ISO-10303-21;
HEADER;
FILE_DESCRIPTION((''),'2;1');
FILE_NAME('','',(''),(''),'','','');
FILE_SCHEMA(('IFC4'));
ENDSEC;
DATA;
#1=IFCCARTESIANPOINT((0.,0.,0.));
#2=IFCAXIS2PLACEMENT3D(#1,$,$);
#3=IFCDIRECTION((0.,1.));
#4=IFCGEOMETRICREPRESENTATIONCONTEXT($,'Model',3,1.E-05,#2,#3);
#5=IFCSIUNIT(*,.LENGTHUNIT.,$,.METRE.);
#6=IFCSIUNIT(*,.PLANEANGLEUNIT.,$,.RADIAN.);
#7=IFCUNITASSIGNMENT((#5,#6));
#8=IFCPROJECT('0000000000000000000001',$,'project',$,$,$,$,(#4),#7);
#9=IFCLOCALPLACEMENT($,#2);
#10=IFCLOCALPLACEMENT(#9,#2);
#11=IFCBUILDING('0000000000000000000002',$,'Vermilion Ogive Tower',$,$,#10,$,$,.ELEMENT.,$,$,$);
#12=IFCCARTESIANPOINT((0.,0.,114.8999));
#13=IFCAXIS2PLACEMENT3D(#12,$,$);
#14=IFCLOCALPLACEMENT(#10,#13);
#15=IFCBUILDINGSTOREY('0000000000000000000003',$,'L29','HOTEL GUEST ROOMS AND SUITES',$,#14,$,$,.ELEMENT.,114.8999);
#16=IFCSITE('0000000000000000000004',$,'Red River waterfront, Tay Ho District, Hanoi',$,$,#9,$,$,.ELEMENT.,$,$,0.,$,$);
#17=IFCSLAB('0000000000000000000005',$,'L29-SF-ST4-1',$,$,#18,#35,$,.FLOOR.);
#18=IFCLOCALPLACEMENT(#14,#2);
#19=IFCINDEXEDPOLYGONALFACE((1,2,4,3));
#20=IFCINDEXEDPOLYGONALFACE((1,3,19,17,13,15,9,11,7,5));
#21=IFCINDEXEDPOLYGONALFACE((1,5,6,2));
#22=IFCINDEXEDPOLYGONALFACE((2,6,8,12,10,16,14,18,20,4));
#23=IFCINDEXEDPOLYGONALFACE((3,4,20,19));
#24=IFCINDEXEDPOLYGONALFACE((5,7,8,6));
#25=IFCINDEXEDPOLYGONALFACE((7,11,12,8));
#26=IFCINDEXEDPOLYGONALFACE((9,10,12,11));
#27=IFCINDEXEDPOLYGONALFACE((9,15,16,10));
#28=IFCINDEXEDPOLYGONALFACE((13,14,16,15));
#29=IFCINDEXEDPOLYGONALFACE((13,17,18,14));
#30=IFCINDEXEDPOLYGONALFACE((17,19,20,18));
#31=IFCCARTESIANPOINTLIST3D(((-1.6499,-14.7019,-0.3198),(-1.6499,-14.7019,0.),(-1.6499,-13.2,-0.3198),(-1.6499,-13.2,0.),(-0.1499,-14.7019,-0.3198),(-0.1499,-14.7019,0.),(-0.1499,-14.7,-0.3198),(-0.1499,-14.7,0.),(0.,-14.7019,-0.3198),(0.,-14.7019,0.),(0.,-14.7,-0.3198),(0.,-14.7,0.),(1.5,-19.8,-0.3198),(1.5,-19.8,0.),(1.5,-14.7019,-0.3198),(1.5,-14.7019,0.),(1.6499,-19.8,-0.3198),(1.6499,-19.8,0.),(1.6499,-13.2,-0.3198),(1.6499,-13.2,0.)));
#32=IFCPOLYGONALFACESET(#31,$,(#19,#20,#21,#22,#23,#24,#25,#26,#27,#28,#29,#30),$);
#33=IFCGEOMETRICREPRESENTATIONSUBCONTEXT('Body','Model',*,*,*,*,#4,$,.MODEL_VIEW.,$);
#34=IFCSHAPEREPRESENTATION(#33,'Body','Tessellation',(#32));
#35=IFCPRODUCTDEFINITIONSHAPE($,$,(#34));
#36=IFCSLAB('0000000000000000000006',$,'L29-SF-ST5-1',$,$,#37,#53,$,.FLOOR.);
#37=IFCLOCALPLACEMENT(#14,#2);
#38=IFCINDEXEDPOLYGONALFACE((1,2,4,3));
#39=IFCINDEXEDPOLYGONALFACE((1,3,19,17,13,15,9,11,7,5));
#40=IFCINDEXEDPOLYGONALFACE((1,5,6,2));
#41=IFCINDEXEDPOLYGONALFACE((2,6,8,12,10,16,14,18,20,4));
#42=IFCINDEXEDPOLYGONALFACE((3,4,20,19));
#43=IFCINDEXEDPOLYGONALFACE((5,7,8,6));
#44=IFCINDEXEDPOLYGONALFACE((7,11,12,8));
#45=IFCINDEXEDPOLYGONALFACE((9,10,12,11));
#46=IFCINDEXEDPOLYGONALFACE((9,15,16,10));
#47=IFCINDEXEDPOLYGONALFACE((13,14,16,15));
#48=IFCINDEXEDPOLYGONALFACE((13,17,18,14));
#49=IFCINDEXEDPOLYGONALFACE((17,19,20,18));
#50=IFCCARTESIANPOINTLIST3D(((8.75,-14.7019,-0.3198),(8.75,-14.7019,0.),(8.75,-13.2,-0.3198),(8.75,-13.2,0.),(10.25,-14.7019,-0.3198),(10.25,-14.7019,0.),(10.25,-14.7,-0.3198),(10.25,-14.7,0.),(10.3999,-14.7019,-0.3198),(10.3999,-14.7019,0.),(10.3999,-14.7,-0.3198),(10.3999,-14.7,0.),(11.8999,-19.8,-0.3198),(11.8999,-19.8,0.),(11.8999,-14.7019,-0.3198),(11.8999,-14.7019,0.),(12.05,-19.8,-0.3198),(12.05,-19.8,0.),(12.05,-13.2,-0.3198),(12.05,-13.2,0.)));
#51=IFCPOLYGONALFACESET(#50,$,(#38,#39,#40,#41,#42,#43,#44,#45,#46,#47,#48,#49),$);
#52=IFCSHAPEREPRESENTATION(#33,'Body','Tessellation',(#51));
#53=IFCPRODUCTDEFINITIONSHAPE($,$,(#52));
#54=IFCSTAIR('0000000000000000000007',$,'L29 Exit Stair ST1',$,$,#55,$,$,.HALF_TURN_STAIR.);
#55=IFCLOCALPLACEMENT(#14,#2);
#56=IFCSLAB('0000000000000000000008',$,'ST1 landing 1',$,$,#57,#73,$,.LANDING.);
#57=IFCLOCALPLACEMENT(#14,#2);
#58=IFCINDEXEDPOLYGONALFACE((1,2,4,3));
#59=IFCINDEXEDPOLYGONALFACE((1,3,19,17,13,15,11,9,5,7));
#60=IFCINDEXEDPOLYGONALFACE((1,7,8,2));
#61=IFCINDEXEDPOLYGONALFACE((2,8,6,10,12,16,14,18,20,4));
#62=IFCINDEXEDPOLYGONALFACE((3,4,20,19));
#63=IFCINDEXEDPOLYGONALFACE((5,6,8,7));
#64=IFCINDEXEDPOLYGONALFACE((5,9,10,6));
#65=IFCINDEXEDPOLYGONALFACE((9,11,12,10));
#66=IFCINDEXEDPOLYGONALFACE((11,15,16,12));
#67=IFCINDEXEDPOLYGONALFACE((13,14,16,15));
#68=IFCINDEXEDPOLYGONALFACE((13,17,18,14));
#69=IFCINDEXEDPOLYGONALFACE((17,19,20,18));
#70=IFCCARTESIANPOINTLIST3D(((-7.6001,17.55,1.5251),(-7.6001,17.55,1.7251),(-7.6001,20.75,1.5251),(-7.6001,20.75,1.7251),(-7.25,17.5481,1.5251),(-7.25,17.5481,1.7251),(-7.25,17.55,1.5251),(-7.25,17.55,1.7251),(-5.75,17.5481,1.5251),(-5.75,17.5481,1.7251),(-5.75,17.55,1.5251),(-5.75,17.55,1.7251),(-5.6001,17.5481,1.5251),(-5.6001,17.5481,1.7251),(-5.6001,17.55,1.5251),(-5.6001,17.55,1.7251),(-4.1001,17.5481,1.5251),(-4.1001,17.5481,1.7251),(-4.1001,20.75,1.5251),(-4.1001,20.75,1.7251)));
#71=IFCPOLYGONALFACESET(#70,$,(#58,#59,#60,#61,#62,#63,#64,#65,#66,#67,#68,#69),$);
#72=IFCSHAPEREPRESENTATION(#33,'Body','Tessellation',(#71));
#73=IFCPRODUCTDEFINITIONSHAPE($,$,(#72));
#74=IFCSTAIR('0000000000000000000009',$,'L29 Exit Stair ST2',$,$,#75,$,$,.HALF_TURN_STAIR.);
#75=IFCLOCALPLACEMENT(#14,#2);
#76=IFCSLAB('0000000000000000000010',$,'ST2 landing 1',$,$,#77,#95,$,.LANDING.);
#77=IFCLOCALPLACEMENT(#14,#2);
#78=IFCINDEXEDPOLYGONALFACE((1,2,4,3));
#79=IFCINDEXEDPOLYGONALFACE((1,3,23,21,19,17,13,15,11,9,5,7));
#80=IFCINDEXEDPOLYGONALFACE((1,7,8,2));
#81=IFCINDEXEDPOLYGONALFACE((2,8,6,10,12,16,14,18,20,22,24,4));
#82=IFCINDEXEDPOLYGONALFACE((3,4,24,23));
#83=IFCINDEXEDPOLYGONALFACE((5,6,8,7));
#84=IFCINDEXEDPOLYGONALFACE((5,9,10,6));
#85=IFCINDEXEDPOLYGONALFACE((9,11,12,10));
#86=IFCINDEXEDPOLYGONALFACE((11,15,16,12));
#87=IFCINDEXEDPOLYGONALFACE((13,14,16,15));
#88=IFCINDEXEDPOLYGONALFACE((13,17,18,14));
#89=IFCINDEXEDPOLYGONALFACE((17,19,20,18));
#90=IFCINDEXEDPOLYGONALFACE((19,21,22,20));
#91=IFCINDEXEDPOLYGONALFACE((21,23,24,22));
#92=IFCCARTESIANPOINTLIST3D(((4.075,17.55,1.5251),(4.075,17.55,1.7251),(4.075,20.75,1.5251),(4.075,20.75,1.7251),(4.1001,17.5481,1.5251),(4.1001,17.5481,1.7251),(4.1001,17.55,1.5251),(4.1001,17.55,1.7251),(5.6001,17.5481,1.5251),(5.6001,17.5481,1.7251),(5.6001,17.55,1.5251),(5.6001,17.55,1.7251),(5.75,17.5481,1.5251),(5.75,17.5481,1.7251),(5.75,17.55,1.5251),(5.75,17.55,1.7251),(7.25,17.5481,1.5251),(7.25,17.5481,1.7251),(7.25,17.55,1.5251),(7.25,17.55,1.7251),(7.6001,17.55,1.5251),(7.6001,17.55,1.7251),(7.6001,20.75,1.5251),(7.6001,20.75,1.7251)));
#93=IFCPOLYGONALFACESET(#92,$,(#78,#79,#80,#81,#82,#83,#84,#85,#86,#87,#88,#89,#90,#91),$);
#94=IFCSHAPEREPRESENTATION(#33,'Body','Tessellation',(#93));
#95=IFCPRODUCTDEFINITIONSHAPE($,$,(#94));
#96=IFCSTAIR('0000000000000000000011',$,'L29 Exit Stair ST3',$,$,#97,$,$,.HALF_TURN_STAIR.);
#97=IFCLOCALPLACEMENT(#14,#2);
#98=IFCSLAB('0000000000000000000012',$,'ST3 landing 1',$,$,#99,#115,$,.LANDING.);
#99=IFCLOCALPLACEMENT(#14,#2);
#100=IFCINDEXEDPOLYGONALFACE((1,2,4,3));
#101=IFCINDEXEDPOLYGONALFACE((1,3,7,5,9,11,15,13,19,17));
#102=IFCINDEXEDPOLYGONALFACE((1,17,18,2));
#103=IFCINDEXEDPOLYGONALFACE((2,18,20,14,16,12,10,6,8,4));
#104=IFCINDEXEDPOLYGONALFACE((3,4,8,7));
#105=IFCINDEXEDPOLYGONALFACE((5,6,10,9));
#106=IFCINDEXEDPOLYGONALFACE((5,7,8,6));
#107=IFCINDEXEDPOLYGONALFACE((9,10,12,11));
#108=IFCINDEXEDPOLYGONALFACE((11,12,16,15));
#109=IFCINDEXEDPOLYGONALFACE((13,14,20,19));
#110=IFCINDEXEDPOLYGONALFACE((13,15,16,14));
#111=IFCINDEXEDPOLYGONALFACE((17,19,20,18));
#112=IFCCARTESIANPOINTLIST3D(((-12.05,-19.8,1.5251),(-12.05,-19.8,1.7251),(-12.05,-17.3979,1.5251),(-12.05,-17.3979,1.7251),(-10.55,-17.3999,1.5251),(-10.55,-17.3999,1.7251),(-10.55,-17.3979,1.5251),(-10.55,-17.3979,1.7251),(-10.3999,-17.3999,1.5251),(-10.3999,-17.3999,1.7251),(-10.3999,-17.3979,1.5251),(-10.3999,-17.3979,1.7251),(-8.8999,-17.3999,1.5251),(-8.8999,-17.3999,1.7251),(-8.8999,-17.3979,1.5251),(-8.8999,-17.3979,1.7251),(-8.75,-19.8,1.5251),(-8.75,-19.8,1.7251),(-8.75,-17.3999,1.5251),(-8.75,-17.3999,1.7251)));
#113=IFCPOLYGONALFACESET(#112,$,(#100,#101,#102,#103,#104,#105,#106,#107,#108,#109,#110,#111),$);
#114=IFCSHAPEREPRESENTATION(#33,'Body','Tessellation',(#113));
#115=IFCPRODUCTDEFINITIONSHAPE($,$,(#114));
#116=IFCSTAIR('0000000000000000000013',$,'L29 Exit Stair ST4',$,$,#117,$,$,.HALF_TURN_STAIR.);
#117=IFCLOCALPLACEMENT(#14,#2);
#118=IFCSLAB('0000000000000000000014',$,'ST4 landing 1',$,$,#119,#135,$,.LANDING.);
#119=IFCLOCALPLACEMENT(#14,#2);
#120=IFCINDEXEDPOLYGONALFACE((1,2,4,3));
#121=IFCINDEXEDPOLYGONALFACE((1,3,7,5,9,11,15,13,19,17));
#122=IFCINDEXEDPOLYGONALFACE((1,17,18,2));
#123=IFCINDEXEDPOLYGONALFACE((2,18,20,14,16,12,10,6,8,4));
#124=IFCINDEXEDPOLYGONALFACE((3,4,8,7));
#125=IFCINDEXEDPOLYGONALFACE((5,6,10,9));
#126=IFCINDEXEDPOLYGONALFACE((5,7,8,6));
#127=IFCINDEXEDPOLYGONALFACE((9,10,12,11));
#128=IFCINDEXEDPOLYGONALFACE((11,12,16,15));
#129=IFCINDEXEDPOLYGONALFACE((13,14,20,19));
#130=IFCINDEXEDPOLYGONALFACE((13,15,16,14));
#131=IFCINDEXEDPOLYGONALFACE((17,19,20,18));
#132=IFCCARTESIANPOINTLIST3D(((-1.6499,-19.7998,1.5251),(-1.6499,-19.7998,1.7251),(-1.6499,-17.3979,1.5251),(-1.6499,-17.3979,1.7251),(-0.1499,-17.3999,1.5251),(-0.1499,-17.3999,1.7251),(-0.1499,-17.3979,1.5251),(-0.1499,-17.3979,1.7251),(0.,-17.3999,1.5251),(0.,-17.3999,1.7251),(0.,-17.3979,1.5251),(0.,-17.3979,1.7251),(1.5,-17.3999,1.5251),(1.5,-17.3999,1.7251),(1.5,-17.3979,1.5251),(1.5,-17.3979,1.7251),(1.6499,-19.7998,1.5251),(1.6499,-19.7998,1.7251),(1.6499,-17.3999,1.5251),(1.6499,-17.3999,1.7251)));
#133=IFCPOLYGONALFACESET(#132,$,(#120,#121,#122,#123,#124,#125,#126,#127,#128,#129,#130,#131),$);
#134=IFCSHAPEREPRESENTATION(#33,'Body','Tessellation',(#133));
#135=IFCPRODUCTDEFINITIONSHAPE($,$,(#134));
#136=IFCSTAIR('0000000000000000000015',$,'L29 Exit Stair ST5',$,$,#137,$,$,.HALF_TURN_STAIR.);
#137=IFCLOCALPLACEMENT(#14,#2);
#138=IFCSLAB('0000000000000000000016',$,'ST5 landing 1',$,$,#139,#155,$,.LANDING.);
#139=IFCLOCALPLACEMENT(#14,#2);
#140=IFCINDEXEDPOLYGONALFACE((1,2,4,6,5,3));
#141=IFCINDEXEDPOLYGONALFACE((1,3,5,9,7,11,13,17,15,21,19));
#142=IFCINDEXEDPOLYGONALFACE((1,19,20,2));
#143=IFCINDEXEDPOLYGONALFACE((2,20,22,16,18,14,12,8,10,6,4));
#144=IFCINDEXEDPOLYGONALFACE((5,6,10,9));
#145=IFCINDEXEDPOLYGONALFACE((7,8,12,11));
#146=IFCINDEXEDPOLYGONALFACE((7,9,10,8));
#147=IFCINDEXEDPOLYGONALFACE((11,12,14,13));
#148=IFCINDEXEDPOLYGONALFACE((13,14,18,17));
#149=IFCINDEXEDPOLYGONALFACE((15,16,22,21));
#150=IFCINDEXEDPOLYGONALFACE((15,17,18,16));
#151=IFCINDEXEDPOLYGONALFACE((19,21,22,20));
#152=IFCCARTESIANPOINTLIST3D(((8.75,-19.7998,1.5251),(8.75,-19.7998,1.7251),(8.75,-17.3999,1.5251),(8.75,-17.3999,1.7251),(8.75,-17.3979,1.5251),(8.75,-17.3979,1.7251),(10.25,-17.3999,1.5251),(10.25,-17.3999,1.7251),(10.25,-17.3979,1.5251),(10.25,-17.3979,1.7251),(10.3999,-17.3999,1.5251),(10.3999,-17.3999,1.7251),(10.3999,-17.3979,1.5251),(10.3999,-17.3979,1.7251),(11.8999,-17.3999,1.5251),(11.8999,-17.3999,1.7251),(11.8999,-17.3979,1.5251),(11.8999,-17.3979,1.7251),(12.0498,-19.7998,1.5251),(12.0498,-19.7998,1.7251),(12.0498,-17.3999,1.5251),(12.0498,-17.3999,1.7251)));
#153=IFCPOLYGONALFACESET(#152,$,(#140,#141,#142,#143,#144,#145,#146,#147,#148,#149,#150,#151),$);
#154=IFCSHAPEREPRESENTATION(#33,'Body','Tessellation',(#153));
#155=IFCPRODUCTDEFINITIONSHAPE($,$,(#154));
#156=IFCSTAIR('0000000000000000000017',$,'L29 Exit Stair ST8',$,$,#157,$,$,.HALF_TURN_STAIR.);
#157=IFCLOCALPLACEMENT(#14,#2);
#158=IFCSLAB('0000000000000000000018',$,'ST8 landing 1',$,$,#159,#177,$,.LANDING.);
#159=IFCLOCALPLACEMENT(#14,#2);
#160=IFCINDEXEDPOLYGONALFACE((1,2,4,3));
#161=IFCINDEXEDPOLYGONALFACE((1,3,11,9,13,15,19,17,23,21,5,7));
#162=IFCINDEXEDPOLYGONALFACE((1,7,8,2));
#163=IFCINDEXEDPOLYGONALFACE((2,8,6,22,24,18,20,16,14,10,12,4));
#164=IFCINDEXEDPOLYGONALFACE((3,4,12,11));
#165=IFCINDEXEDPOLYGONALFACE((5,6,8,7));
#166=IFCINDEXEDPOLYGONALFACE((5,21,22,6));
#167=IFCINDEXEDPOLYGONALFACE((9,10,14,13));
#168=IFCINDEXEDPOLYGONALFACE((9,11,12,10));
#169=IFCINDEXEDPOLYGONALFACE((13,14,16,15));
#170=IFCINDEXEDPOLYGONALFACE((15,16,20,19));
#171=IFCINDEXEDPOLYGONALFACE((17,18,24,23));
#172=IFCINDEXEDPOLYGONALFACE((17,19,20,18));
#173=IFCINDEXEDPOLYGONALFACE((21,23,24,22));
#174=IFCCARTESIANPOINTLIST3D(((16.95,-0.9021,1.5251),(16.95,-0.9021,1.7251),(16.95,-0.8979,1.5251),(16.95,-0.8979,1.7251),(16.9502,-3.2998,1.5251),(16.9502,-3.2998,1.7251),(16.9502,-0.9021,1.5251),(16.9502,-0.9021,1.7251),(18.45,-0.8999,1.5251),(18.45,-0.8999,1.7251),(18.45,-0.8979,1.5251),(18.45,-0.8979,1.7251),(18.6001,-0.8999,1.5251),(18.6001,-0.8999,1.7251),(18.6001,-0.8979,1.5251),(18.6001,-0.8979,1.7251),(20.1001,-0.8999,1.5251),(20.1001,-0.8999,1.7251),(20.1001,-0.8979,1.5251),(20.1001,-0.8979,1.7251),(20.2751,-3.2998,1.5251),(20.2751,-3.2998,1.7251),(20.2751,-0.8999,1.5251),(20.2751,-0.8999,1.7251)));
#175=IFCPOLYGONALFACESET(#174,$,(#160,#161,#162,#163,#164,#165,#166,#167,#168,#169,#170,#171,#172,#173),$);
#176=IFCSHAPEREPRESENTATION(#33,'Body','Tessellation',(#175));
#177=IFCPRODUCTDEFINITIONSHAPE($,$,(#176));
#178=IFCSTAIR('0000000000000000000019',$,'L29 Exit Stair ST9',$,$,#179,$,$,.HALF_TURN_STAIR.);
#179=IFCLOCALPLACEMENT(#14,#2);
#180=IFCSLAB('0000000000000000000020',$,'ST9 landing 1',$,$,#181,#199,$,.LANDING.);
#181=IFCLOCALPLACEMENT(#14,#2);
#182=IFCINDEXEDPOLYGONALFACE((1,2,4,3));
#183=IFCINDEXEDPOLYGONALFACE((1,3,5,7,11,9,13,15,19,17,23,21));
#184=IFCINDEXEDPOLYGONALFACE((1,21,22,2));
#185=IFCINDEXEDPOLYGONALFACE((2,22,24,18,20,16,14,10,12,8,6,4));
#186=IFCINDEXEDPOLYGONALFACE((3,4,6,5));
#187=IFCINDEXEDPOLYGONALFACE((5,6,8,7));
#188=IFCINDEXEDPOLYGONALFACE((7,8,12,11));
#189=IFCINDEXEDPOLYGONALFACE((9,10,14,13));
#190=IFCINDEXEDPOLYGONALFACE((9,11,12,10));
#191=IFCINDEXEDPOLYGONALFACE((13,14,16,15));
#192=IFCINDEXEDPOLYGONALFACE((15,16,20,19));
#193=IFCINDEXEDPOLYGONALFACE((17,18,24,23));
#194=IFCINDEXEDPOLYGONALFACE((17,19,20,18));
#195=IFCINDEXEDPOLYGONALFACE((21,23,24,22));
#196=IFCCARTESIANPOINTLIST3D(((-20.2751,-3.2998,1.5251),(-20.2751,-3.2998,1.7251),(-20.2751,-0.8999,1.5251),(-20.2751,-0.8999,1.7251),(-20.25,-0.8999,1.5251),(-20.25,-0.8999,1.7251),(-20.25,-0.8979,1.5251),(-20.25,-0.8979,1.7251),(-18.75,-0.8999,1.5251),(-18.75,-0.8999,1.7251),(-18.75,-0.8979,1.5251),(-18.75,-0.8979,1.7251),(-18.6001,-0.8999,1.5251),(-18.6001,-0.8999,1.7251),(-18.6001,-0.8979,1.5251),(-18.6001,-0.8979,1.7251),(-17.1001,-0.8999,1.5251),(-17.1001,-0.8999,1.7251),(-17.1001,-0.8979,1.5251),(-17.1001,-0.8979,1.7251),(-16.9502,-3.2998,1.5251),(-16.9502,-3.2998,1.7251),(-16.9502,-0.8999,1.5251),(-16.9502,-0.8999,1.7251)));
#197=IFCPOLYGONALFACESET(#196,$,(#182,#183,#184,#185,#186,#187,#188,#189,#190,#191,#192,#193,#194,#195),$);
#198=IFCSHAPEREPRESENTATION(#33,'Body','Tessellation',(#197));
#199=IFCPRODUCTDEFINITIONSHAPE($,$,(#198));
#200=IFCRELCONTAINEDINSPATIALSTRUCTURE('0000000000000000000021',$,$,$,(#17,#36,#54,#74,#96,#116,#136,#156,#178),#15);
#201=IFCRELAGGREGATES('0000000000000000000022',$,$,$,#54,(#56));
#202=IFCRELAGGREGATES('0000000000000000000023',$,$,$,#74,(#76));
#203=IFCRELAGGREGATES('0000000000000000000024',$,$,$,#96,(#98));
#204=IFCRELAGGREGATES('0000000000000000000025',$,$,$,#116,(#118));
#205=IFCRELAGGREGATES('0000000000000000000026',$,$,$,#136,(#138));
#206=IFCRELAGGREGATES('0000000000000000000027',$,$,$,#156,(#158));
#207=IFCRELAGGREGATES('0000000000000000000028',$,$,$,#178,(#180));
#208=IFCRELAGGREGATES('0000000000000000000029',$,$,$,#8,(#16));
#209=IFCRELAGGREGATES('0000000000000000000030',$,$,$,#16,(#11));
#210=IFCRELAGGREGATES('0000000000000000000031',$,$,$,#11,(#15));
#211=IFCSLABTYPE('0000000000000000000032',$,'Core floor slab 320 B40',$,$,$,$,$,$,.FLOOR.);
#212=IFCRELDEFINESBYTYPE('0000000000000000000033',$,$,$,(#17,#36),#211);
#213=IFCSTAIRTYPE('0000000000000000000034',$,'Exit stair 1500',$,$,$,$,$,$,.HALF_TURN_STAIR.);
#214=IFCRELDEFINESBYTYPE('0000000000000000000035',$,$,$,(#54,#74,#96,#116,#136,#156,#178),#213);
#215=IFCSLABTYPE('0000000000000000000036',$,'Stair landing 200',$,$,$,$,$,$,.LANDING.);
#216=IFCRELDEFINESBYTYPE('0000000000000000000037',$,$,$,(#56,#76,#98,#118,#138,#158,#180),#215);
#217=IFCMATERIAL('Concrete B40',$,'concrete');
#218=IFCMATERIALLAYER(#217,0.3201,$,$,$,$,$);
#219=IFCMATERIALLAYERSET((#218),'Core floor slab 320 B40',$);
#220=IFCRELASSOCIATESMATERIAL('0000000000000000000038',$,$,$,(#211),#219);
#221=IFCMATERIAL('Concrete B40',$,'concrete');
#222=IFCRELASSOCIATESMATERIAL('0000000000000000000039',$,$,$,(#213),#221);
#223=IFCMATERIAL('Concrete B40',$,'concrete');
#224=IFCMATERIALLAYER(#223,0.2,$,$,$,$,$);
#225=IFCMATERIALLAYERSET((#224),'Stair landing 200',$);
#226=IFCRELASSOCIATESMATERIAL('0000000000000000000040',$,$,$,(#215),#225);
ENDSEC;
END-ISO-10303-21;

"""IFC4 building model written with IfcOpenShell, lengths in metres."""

from ifc_helpers import new_model, si_unit, direction, frame, origin, place, context, subcontext, project, spatial, polyline, outline, extrude, material, layer, layer_set, type_object, element, aggregate, save


model = new_model("IFC4")

# Units and contexts
model_context = context("Model", 3, precision=1e-05, world=origin(), true_north=direction((0.0, 1.0)))
body_context = subcontext(model_context, "Body", "Model", "MODEL_VIEW")
ifc_project = project(units=[si_unit("LENGTHUNIT", "METRE"), si_unit("PLANEANGLEUNIT", "RADIAN")], contexts=[model_context])

# Site, building, storey
site_placement = place(None, origin())
site = spatial("IfcSite", under=ifc_project, at=site_placement, Name="Red River waterfront, Tay Ho District, Hanoi", CompositionType="ELEMENT", RefElevation=0.0)
building_placement = place(site_placement, origin())
building = spatial("IfcBuilding", under=site, at=building_placement, Name="Vermilion Ogive Tower", CompositionType="ELEMENT")
storey_placement = place(building_placement, frame((0.0, 0.0, 114.8999)))
storey = spatial("IfcBuildingStorey", under=building, at=storey_placement, Name="L29", Description="HOTEL GUEST ROOMS AND SUITES", CompositionType="ELEMENT", Elevation=114.8999)

# Slabs
ifc_material_1 = material(Name="Concrete B40", Category="concrete")
ifc_layer_1 = layer(ifc_material_1, 0.3201)
ifc_layer_set_1 = layer_set([ifc_layer_1], Name="Core floor slab 320 B40")
slab_type_1 = type_object("IfcSlabType", Name="Core floor slab 320 B40", PredefinedType="FLOOR", material=ifc_layer_set_1)
slab_1_placement = place(storey_placement, frame((0.0, 0.0, -0.3198)))
element("IfcSlab", 1, at=slab_1_placement, inside=storey, type_object=slab_type_1, Name="L29-SF-ST4-1", PredefinedType="FLOOR", context=body_context, shape_type="SweptSolid", body=[
    extrude(outline(polyline([(-1.6499, -13.2), (-1.6499, -14.7019), (-0.1499, -14.7019), (-0.1499, -14.7), (0.0, -14.7), (0.0, -14.7019), (1.5, -14.7019), (1.5, -19.8), (1.6499, -19.8), (1.6499, -13.2), (-1.6499, -13.2)])), origin(), (0.0, 0.0, 1.0), 0.3198),
])
slab_2_placement = place(storey_placement, frame((0.0, 0.0, -0.3198)))
element("IfcSlab", 2, at=slab_2_placement, inside=storey, type_object=slab_type_1, Name="L29-SF-ST5-1", PredefinedType="FLOOR", context=body_context, shape_type="SweptSolid", body=[
    extrude(outline(polyline([(8.75, -13.2), (8.75, -14.7019), (10.25, -14.7019), (10.25, -14.7), (10.3999, -14.7), (10.3999, -14.7019), (11.8999, -14.7019), (11.8999, -19.8), (12.05, -19.8), (12.05, -13.2), (8.75, -13.2)])), origin(), (0.0, 0.0, 1.0), 0.3198),
])

# Stairs, slabs
ifc_material_2 = material(Name="Concrete B40", Category="concrete")
stair_type = type_object("IfcStairType", Name="Exit stair 1500", PredefinedType="HALF_TURN_STAIR", material=ifc_material_2)
stair_1_placement = place(storey_placement, origin())
stair_1 = element("IfcStair", 3, at=stair_1_placement, inside=storey, type_object=stair_type, Name="L29 Exit Stair ST1", PredefinedType="HALF_TURN_STAIR")
ifc_material_3 = material(Name="Concrete B40", Category="concrete")
ifc_layer_2 = layer(ifc_material_3, 0.2)
ifc_layer_set_2 = layer_set([ifc_layer_2], Name="Stair landing 200")
slab_type_2 = type_object("IfcSlabType", Name="Stair landing 200", PredefinedType="LANDING", material=ifc_layer_set_2)
slab_3_placement = place(storey_placement, frame((0.0, 0.0, 1.5251)))
slab_3 = element("IfcSlab", 4, at=slab_3_placement, type_object=slab_type_2, Name="ST1 landing 1", PredefinedType="LANDING", context=body_context, shape_type="SweptSolid", body=[
    extrude(outline(polyline([(-7.6001, 17.55), (-7.25, 17.55), (-7.25, 17.5481), (-5.75, 17.5481), (-5.75, 17.55), (-5.6001, 17.55), (-5.6001, 17.5481), (-4.1001, 17.5481), (-4.1001, 20.75), (-7.6001, 20.75), (-7.6001, 17.55)])), origin(), (0.0, 0.0, 1.0), 0.2),
])
aggregate(stair_1, [slab_3])
stair_2_placement = place(storey_placement, origin())
stair_2 = element("IfcStair", 5, at=stair_2_placement, inside=storey, type_object=stair_type, Name="L29 Exit Stair ST2", PredefinedType="HALF_TURN_STAIR")
slab_4_placement = place(storey_placement, frame((0.0, 0.0, 1.5251)))
slab_4 = element("IfcSlab", 6, at=slab_4_placement, type_object=slab_type_2, Name="ST2 landing 1", PredefinedType="LANDING", context=body_context, shape_type="SweptSolid", body=[
    extrude(outline(polyline([(5.6001, 17.55), (5.75, 17.55), (5.75, 17.5481), (7.25, 17.5481), (7.25, 17.55), (7.6001, 17.55), (7.6001, 20.75), (4.075, 20.75), (4.075, 17.55), (4.1001, 17.55), (4.1001, 17.5481), (5.6001, 17.5481), (5.6001, 17.55)])), origin(), (0.0, 0.0, 1.0), 0.2),
])
aggregate(stair_2, [slab_4])
stair_3_placement = place(storey_placement, origin())
stair_3 = element("IfcStair", 7, at=stair_3_placement, inside=storey, type_object=stair_type, Name="L29 Exit Stair ST3", PredefinedType="HALF_TURN_STAIR")
slab_5_placement = place(storey_placement, frame((0.0, 0.0, 1.5251)))
slab_5 = element("IfcSlab", 8, at=slab_5_placement, type_object=slab_type_2, Name="ST3 landing 1", PredefinedType="LANDING", context=body_context, shape_type="SweptSolid", body=[
    extrude(outline(polyline([(-8.75, -17.3999), (-8.8999, -17.3999), (-8.8999, -17.3979), (-10.3999, -17.3979), (-10.3999, -17.3999), (-10.55, -17.3999), (-10.55, -17.3979), (-12.05, -17.3979), (-12.05, -19.8), (-8.75, -19.8), (-8.75, -17.3999)])), origin(), (0.0, 0.0, 1.0), 0.2),
])
aggregate(stair_3, [slab_5])
stair_4_placement = place(storey_placement, origin())
stair_4 = element("IfcStair", 9, at=stair_4_placement, inside=storey, type_object=stair_type, Name="L29 Exit Stair ST4", PredefinedType="HALF_TURN_STAIR")
slab_6_placement = place(storey_placement, frame((0.0, 0.0, 1.5251)))
slab_6 = element("IfcSlab", 10, at=slab_6_placement, type_object=slab_type_2, Name="ST4 landing 1", PredefinedType="LANDING", context=body_context, shape_type="SweptSolid", body=[
    extrude(outline(polyline([(1.6499, -17.3999), (1.5, -17.3999), (1.5, -17.3979), (0.0, -17.3979), (0.0, -17.3999), (-0.1499, -17.3999), (-0.1499, -17.3979), (-1.6499, -17.3979), (-1.6499, -19.7998), (1.6499, -19.7998), (1.6499, -17.3999)])), origin(), (0.0, 0.0, 1.0), 0.2),
])
aggregate(stair_4, [slab_6])
stair_5_placement = place(storey_placement, origin())
stair_5 = element("IfcStair", 11, at=stair_5_placement, inside=storey, type_object=stair_type, Name="L29 Exit Stair ST5", PredefinedType="HALF_TURN_STAIR")
slab_7_placement = place(storey_placement, frame((0.0, 0.0, 1.5251)))
slab_7 = element("IfcSlab", 12, at=slab_7_placement, type_object=slab_type_2, Name="ST5 landing 1", PredefinedType="LANDING", context=body_context, shape_type="SweptSolid", body=[
    extrude(outline(polyline([(12.0498, -17.3999), (11.8999, -17.3999), (11.8999, -17.3979), (10.3999, -17.3979), (10.3999, -17.3999), (10.25, -17.3999), (10.25, -17.3979), (8.75, -17.3979), (8.75, -17.3999), (8.75, -17.3999), (8.75, -19.7998), (12.0498, -19.7998), (12.0498, -17.3999)])), origin(), (0.0, 0.0, 1.0), 0.2),
])
aggregate(stair_5, [slab_7])
stair_6_placement = place(storey_placement, origin())
stair_6 = element("IfcStair", 13, at=stair_6_placement, inside=storey, type_object=stair_type, Name="L29 Exit Stair ST8", PredefinedType="HALF_TURN_STAIR")
slab_8_placement = place(storey_placement, frame((0.0, 0.0, 1.5251)))
slab_8 = element("IfcSlab", 14, at=slab_8_placement, type_object=slab_type_2, Name="ST8 landing 1", PredefinedType="LANDING", context=body_context, shape_type="SweptSolid", body=[
    extrude(outline(polyline([(20.2751, -0.8999), (20.1001, -0.8999), (20.1001, -0.8979), (18.6001, -0.8979), (18.6001, -0.8999), (18.45, -0.8999), (18.45, -0.8979), (16.95, -0.8979), (16.95, -0.9021), (16.9502, -0.9021), (16.9502, -3.2998), (20.2751, -3.2998), (20.2751, -0.8999)])), origin(), (0.0, 0.0, 1.0), 0.2),
])
aggregate(stair_6, [slab_8])
stair_7_placement = place(storey_placement, origin())
stair_7 = element("IfcStair", 15, at=stair_7_placement, inside=storey, type_object=stair_type, Name="L29 Exit Stair ST9", PredefinedType="HALF_TURN_STAIR")
slab_9_placement = place(storey_placement, frame((0.0, 0.0, 1.5251)))
slab_9 = element("IfcSlab", 16, at=slab_9_placement, type_object=slab_type_2, Name="ST9 landing 1", PredefinedType="LANDING", context=body_context, shape_type="SweptSolid", body=[
    extrude(outline(polyline([(-16.9502, -0.8999), (-17.1001, -0.8999), (-17.1001, -0.8979), (-18.6001, -0.8979), (-18.6001, -0.8999), (-18.75, -0.8999), (-18.75, -0.8979), (-20.25, -0.8979), (-20.25, -0.8999), (-20.2751, -0.8999), (-20.2751, -3.2998), (-16.9502, -3.2998), (-16.9502, -0.8999)])), origin(), (0.0, 0.0, 1.0), 0.2),
])
aggregate(stair_7, [slab_9])

save(model, "model.ifc")
